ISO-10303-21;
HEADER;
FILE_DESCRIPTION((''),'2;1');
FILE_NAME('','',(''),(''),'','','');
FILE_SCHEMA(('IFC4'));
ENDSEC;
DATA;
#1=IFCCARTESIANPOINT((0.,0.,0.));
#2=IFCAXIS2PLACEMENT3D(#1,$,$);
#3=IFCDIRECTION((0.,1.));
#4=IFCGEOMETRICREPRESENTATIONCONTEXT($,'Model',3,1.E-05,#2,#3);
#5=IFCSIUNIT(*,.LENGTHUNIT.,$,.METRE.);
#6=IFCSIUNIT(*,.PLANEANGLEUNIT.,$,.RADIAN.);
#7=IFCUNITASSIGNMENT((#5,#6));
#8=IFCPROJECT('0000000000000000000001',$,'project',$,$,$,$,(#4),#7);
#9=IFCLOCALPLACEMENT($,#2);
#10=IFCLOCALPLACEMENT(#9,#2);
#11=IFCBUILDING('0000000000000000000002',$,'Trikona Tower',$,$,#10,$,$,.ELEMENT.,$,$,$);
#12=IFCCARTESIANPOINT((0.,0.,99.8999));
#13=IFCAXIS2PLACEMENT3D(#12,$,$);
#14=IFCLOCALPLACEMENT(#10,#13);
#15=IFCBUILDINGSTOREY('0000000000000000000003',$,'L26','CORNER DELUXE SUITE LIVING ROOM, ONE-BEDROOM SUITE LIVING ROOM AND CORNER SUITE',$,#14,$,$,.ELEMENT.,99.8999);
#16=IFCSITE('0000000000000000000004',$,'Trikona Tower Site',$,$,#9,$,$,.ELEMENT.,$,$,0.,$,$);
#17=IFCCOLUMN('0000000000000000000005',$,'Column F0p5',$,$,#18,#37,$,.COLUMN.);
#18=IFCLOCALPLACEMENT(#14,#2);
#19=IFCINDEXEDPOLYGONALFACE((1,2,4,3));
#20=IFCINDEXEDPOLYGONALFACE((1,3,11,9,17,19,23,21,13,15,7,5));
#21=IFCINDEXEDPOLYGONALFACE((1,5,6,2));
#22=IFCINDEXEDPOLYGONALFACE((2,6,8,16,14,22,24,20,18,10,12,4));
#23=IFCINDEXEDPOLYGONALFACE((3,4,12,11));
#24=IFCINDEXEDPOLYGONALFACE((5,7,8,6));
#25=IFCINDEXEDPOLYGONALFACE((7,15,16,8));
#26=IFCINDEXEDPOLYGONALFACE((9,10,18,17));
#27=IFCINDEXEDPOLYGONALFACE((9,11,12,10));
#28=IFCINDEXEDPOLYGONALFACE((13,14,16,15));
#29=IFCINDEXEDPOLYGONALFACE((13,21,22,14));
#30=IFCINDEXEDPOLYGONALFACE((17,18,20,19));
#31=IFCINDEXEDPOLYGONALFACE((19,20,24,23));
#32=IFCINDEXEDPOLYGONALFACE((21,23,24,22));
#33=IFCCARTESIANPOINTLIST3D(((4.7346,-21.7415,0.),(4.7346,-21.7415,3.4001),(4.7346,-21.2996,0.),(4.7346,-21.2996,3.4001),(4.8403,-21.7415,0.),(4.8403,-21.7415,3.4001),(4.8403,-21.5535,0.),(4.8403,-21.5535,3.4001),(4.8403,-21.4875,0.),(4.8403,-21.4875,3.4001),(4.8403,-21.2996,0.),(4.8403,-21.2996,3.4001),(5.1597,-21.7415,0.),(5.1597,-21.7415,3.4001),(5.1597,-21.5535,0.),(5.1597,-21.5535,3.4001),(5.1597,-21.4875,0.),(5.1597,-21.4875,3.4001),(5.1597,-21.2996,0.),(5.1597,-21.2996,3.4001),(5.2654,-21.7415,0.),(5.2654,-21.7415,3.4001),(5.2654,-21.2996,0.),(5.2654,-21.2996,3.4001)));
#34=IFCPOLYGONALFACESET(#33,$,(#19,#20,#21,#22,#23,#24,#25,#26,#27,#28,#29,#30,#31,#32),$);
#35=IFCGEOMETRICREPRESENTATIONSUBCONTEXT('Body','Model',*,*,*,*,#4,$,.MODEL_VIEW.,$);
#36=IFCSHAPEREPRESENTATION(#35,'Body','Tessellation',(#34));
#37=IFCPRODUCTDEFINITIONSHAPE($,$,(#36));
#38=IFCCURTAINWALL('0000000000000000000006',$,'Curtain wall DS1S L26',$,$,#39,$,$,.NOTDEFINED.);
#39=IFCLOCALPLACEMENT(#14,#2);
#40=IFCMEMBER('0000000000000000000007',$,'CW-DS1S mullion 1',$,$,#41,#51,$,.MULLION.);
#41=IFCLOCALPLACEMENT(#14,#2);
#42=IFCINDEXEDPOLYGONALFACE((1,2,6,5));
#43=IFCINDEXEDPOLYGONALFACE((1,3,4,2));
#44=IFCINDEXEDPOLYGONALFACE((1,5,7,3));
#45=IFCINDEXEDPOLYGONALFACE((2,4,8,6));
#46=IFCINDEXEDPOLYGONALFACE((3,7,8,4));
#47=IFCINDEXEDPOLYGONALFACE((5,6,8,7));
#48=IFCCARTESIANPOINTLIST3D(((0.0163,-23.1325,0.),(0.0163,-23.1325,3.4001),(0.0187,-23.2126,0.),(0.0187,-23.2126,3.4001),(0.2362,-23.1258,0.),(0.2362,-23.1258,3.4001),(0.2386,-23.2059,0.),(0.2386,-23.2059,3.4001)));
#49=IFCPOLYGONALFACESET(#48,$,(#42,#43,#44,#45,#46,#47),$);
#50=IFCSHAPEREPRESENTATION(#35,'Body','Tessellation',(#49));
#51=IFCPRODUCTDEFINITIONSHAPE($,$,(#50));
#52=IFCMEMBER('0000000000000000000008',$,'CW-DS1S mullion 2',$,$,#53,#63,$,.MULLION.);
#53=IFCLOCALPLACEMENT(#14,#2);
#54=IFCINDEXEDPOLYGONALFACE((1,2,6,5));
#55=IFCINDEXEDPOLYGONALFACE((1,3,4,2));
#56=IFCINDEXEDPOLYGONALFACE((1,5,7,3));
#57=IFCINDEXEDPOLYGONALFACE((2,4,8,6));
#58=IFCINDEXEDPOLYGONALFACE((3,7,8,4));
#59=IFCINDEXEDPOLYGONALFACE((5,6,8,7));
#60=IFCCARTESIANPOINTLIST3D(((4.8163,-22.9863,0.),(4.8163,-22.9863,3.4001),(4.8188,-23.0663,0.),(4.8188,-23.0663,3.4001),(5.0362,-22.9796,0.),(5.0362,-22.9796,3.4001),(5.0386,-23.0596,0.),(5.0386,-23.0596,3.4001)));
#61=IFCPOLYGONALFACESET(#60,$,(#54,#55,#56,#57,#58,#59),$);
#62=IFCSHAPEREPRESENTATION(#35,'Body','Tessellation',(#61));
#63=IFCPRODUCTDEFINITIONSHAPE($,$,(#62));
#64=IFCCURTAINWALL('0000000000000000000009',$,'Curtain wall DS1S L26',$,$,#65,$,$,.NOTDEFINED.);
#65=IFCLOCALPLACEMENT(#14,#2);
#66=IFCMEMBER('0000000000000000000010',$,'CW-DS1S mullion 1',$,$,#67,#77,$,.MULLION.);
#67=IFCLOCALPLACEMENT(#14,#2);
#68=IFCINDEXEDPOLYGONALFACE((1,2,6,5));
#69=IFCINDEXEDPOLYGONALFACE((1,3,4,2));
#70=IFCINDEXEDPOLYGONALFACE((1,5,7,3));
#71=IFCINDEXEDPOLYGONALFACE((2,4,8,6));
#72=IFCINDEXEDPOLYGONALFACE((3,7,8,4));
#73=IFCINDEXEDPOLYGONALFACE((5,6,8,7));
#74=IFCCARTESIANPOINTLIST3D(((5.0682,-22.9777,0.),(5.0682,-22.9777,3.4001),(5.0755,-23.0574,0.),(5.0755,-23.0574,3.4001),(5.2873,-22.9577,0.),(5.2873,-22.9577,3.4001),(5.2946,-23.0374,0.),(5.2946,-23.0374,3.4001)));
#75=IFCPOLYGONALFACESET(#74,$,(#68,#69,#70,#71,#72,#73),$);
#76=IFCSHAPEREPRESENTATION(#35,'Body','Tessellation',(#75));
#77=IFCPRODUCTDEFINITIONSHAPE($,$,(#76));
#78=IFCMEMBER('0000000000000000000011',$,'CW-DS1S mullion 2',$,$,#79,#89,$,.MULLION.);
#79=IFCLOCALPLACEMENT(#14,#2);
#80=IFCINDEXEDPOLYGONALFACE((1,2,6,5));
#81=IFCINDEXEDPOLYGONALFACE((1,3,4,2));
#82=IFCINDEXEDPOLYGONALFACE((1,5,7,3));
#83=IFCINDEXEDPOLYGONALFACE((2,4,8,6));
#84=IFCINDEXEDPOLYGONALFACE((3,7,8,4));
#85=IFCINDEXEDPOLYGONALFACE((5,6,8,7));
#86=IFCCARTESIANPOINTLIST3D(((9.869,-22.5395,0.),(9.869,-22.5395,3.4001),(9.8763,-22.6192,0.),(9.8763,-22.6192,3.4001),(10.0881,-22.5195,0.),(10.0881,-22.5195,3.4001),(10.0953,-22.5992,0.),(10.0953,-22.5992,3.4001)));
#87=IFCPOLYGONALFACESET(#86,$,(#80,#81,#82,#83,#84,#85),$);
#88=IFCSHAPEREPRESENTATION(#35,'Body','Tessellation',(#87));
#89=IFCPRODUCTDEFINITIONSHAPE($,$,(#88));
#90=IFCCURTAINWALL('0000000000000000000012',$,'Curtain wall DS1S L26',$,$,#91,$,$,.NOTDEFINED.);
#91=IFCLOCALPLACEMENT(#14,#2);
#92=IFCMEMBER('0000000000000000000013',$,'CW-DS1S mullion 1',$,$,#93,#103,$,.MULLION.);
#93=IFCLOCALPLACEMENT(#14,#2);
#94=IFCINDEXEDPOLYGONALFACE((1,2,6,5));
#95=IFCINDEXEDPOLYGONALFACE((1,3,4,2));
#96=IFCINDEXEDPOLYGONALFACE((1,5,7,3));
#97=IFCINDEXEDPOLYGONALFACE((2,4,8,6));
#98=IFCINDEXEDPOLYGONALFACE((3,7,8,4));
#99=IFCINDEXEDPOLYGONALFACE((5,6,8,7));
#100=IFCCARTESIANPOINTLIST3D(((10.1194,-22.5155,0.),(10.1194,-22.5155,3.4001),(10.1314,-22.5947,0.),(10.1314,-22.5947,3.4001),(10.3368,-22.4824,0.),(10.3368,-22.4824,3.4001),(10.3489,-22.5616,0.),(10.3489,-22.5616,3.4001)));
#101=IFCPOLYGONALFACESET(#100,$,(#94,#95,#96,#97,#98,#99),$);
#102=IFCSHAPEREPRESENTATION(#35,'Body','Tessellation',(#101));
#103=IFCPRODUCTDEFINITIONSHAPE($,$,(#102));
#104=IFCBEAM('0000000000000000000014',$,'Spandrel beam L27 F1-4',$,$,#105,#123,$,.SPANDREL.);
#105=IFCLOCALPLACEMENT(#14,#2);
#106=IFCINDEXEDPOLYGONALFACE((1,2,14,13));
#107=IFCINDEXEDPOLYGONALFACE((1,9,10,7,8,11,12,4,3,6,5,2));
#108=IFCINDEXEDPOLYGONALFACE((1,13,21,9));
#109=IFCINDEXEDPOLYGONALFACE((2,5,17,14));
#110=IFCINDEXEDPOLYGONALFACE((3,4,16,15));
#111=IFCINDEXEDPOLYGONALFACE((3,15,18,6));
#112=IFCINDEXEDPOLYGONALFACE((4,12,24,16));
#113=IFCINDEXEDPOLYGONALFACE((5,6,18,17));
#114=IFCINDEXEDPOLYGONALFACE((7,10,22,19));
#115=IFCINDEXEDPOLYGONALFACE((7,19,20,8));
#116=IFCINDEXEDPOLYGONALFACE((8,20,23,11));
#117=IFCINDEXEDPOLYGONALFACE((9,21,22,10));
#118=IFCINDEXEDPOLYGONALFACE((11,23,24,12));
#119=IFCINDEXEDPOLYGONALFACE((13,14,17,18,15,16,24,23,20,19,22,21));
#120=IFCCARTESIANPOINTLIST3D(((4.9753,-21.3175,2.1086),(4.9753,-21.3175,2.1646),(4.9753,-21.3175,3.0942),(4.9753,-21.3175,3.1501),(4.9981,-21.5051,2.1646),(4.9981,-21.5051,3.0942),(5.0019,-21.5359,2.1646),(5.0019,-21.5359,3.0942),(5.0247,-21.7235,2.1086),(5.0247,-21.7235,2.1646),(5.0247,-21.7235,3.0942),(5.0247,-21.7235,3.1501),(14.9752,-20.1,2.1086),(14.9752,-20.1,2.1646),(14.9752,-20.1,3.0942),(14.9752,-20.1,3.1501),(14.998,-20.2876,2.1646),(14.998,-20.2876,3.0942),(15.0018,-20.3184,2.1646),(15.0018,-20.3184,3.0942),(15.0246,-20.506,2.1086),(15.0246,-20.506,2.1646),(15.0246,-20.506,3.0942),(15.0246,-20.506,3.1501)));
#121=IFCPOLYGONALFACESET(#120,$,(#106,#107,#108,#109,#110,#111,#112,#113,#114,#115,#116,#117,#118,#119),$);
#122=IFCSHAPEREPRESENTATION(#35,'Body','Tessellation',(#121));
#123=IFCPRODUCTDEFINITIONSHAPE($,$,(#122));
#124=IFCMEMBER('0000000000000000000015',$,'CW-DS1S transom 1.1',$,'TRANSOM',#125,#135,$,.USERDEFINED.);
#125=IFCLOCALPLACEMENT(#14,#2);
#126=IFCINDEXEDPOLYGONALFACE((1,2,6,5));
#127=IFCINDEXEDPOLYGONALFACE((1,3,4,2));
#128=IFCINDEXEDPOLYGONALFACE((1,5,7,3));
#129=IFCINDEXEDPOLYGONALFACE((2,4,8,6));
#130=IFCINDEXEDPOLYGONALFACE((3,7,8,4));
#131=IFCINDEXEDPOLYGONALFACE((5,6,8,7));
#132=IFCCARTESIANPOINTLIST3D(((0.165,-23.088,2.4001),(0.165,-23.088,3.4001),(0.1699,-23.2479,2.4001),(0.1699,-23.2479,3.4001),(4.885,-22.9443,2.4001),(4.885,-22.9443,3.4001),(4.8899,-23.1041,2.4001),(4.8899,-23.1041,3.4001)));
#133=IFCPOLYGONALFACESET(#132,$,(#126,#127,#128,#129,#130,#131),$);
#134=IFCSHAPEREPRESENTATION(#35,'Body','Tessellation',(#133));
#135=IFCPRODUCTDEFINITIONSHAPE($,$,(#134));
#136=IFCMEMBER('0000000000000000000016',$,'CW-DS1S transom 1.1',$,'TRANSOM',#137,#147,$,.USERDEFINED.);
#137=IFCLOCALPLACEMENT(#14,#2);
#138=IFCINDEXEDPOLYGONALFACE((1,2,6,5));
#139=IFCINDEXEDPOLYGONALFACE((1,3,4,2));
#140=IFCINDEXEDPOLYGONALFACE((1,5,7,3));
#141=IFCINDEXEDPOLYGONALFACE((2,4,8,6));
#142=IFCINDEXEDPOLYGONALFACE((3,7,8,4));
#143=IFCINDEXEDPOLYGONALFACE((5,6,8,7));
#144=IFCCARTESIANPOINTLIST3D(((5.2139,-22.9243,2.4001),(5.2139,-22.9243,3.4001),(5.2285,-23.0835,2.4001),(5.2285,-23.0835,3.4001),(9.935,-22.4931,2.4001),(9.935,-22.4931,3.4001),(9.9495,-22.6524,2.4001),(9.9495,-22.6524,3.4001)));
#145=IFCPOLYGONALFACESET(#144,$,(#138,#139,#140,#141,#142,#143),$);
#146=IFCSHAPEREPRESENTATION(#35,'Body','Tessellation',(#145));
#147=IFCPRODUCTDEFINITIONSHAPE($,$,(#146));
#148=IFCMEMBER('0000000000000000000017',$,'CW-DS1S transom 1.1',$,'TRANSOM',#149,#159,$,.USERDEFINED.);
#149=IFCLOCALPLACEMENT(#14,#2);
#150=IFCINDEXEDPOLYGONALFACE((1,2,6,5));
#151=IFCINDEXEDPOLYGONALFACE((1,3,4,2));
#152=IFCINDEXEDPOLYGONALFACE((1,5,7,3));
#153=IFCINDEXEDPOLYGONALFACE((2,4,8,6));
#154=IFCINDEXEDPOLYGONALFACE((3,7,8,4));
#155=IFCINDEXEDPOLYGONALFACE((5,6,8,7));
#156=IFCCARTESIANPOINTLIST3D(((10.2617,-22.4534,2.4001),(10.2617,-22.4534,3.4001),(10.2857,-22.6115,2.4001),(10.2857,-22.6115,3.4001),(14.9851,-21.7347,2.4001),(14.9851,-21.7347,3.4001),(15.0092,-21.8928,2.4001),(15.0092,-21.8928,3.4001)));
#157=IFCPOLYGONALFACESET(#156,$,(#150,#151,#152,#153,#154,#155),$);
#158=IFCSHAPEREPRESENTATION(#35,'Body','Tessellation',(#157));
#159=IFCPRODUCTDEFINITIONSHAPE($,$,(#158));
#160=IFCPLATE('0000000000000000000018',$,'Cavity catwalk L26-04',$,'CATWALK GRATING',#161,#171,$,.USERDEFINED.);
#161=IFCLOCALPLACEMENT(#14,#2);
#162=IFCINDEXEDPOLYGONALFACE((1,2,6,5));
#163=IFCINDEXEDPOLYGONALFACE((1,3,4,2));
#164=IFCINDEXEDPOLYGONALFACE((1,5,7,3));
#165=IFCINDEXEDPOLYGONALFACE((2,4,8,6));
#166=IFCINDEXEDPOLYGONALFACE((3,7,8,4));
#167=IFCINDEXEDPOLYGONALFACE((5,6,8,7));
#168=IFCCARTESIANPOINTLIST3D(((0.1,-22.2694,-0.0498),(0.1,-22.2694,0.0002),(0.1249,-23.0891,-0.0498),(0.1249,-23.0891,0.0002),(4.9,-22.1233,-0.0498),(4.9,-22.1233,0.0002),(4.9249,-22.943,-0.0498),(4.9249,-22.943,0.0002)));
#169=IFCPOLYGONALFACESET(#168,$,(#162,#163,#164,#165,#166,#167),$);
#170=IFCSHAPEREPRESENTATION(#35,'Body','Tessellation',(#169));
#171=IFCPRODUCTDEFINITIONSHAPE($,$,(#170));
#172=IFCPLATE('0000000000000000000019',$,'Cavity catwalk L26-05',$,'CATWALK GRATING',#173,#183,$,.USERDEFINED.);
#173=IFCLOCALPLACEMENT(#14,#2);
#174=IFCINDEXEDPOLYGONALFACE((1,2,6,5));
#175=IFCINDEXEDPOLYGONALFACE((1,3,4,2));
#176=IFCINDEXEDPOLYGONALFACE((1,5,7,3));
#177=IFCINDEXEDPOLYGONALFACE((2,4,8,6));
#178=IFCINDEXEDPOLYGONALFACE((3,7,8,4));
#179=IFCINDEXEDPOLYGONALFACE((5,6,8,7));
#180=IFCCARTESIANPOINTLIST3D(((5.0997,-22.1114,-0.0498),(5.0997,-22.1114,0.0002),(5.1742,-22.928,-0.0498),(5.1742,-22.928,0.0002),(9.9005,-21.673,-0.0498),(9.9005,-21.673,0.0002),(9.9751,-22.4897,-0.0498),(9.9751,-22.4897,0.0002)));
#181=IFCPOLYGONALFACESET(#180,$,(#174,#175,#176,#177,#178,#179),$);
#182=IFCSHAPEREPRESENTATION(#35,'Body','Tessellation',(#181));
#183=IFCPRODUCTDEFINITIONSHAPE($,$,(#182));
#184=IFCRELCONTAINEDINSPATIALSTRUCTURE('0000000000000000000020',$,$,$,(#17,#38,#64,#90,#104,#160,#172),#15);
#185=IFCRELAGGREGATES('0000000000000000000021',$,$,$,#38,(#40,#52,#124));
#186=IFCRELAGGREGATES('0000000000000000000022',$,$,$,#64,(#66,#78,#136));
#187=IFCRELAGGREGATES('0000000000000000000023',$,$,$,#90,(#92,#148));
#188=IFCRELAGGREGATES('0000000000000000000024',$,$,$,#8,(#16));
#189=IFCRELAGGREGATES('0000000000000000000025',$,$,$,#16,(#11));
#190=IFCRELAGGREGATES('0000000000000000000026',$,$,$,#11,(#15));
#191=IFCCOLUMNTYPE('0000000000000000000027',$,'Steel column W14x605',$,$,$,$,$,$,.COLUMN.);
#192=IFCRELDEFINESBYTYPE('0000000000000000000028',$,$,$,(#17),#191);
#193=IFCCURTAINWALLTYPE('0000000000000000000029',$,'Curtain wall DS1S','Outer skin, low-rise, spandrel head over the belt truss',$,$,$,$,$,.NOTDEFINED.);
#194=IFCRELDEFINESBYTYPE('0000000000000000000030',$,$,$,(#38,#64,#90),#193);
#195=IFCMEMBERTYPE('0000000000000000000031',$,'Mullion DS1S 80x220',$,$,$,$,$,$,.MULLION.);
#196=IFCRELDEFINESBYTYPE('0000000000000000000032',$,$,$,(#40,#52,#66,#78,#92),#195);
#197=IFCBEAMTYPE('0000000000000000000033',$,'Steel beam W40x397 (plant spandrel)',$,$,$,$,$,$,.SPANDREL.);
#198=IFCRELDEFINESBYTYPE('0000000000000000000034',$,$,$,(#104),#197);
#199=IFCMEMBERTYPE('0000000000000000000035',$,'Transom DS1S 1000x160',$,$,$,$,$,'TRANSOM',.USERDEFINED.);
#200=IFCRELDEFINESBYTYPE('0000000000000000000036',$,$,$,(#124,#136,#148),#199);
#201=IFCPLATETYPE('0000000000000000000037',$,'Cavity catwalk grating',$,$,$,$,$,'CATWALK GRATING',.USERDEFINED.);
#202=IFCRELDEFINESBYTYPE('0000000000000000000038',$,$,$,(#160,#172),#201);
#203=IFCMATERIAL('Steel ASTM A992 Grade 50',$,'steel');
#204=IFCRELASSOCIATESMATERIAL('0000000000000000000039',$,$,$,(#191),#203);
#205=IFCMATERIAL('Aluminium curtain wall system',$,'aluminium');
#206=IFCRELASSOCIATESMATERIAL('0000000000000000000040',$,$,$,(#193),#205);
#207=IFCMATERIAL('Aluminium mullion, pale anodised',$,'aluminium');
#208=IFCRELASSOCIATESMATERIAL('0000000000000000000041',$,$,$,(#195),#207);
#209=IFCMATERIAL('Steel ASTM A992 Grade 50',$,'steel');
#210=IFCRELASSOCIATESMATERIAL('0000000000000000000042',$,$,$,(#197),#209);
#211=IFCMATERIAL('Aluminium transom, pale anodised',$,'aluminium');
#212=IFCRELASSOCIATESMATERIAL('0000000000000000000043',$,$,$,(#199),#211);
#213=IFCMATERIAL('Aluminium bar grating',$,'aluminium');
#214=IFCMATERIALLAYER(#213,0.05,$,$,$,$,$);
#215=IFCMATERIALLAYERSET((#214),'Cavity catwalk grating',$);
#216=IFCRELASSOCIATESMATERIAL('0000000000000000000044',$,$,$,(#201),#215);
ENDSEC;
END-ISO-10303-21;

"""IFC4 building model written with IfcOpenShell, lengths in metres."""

from ifc_helpers import new_model, si_unit, direction, frame, origin, origin_2d, place, context, subcontext, project, spatial, rectangle, i_section, extrude, material, layer, layer_set, material_profile, profile_set, type_object, element, aggregate, save


model = new_model("IFC4")

# Units and contexts
model_context = context("Model", 3, precision=1e-05, world=origin(), true_north=direction((0.0, 1.0)))
body_context = subcontext(model_context, "Body", "Model", "MODEL_VIEW")
ifc_project = project(units=[si_unit("LENGTHUNIT", "METRE"), si_unit("PLANEANGLEUNIT", "RADIAN")], contexts=[model_context])

# Site, building, storey
site_placement = place(None, origin())
site = spatial("IfcSite", under=ifc_project, at=site_placement, Name="Trikona Tower Site", CompositionType="ELEMENT", RefElevation=0.0)
building_placement = place(site_placement, origin())
building = spatial("IfcBuilding", under=site, at=building_placement, Name="Trikona Tower", CompositionType="ELEMENT")
storey_placement = place(building_placement, frame((0.0, 0.0, 99.8999)))
storey = spatial("IfcBuildingStorey", under=building, at=storey_placement, Name="L26", Description="CORNER DELUXE SUITE LIVING ROOM, ONE-BEDROOM SUITE LIVING ROOM AND CORNER SUITE", CompositionType="ELEMENT", Elevation=99.8999)

# Column
ifc_material_1 = material(Name="Steel ASTM A992 Grade 50", Category="steel")
ifc_material_profile_1 = material_profile(ifc_material_1, i_section(OverallWidth=0.4419, OverallDepth=0.5308, WebThickness=0.0659, FlangeThickness=0.1057, at=origin_2d()), Name="W14X605")
ifc_profile_set_1 = profile_set([ifc_material_profile_1], Name="Steel ASTM A992 Grade 50")
column_type = type_object("IfcColumnType", Name="Steel column W14x605", PredefinedType="COLUMN", material=ifc_profile_set_1)
column_placement = place(storey_placement, frame((5.0, -21.5205, 0.0), z_axis=(0.0, 0.0, 1.0), x_axis=(0.0, -1.0, 0.0)))
element("IfcColumn", 1, at=column_placement, inside=storey, type_object=column_type, Name="Column F0p5", PredefinedType="COLUMN", context=body_context, shape_type="SweptSolid", body=[
    extrude(i_section(OverallWidth=0.4419, OverallDepth=0.5308, WebThickness=0.0659, FlangeThickness=0.1057, at=origin_2d()), origin(), (0.0, 0.0, 1.0), 3.4001),
])

# Curtain walls, members
ifc_material_2 = material(Name="Aluminium curtain wall system", Category="aluminium")
curtain_wall_type = type_object("IfcCurtainWallType", Name="Curtain wall DS1S", Description="Outer skin, low-rise, spandrel head over the belt truss", PredefinedType="NOTDEFINED", material=ifc_material_2)
curtain_wall_1_placement = place(storey_placement, origin())
curtain_wall_1 = element("IfcCurtainWall", 2, at=curtain_wall_1_placement, inside=storey, type_object=curtain_wall_type, Name="Curtain wall DS1S L26", PredefinedType="NOTDEFINED")
ifc_material_3 = material(Name="Aluminium mullion, pale anodised", Category="aluminium")
ifc_material_profile_2 = material_profile(ifc_material_3, rectangle(XDim=0.0801, YDim=0.22, at=origin_2d()), Name="MUL-DS1S")
ifc_profile_set_2 = profile_set([ifc_material_profile_2], Name="Aluminium mullion, pale anodised")
member_type_1 = type_object("IfcMemberType", Name="Mullion DS1S 80x220", PredefinedType="MULLION", material=ifc_profile_set_2)
member_1_placement = place(storey_placement, frame((0.1274, -23.1692, 0.0), z_axis=(0.0, 0.0, 1.0), x_axis=(-0.030437, 0.999537, 0.0)))
member_1 = element("IfcMember", 3, at=member_1_placement, type_object=member_type_1, Name="CW-DS1S mullion 1", PredefinedType="MULLION", context=body_context, shape_type="SweptSolid", body=[
    extrude(rectangle(XDim=0.0801, YDim=0.22, at=origin_2d()), origin(), (0.0, 0.0, 1.0), 3.4001),
])
member_2_placement = place(storey_placement, frame((4.9275, -23.0229, 0.0), z_axis=(0.0, 0.0, 1.0), x_axis=(-0.030437, 0.999537, 0.0)))
member_2 = element("IfcMember", 4, at=member_2_placement, type_object=member_type_1, Name="CW-DS1S mullion 2", PredefinedType="MULLION", context=body_context, shape_type="SweptSolid", body=[
    extrude(rectangle(XDim=0.0801, YDim=0.22, at=origin_2d()), origin(), (0.0, 0.0, 1.0), 3.4001),
])
curtain_wall_2_placement = place(storey_placement, origin())
curtain_wall_2 = element("IfcCurtainWall", 5, at=curtain_wall_2_placement, inside=storey, type_object=curtain_wall_type, Name="Curtain wall DS1S L26", PredefinedType="NOTDEFINED")
member_3_placement = place(storey_placement, frame((5.1814, -23.0076, 0.0), z_axis=(0.0, 0.0, 1.0), x_axis=(-0.090924, 0.995858, 0.0)))
member_3 = element("IfcMember", 6, at=member_3_placement, type_object=member_type_1, Name="CW-DS1S mullion 1", PredefinedType="MULLION", context=body_context, shape_type="SweptSolid", body=[
    extrude(rectangle(XDim=0.0801, YDim=0.22, at=origin_2d()), origin(), (0.0, 0.0, 1.0), 3.4001),
])
member_4_placement = place(storey_placement, frame((9.9822, -22.5693, 0.0), z_axis=(0.0, 0.0, 1.0), x_axis=(-0.090924, 0.995858, 0.0)))
member_4 = element("IfcMember", 7, at=member_4_placement, type_object=member_type_1, Name="CW-DS1S mullion 2", PredefinedType="MULLION", context=body_context, shape_type="SweptSolid", body=[
    extrude(rectangle(XDim=0.0801, YDim=0.22, at=origin_2d()), origin(), (0.0, 0.0, 1.0), 3.4001),
])

# Curtain wall, member
curtain_wall_3_placement = place(storey_placement, origin())
curtain_wall_3 = element("IfcCurtainWall", 8, at=curtain_wall_3_placement, inside=storey, type_object=curtain_wall_type, Name="Curtain wall DS1S L26", PredefinedType="NOTDEFINED")
member_5_placement = place(storey_placement, frame((10.2341, -22.5386, 0.0), z_axis=(0.0, 0.0, 1.0), x_axis=(-0.150438, 0.988619, 0.0)))
member_5 = element("IfcMember", 9, at=member_5_placement, type_object=member_type_1, Name="CW-DS1S mullion 1", PredefinedType="MULLION", context=body_context, shape_type="SweptSolid", body=[
    extrude(rectangle(XDim=0.0801, YDim=0.22, at=origin_2d()), origin(), (0.0, 0.0, 1.0), 3.4001),
])

# Beam
ifc_material_4 = material(Name="Steel ASTM A992 Grade 50", Category="steel")
ifc_material_profile_3 = material_profile(ifc_material_4, i_section(OverallWidth=0.4089, OverallDepth=1.0415, WebThickness=0.031, FlangeThickness=0.0559, at=origin_2d()), Name="W40X397")
ifc_profile_set_3 = profile_set([ifc_material_profile_3], Name="Steel ASTM A992 Grade 50")
beam_type = type_object("IfcBeamType", Name="Steel beam W40x397 (plant spandrel)", PredefinedType="SPANDREL", material=ifc_profile_set_3)
beam_placement = place(storey_placement, frame((5.0, -21.5205, 2.6294), z_axis=(0.99267, 0.12086, 0.0), x_axis=(-0.12086, 0.99267, 0.0)))
element("IfcBeam", 10, at=beam_placement, inside=storey, type_object=beam_type, Name="Spandrel beam L27 F1-4", PredefinedType="SPANDREL", context=body_context, shape_type="SweptSolid", body=[
    extrude(i_section(OverallWidth=0.4089, OverallDepth=1.0415, WebThickness=0.031, FlangeThickness=0.0559, at=origin_2d()), origin(), (0.0, 0.0, 1.0), 10.0737),
])

# Members
ifc_material_5 = material(Name="Aluminium transom, pale anodised", Category="aluminium")
ifc_material_profile_4 = material_profile(ifc_material_5, rectangle(XDim=0.1599, YDim=1.0, at=origin_2d()), Name="TRN-DS1S")
ifc_profile_set_4 = profile_set([ifc_material_profile_4], Name="Aluminium transom, pale anodised")
member_type_2 = type_object("IfcMemberType", Name="Transom DS1S 1000x160", ElementType="TRANSOM", PredefinedType="USERDEFINED", material=ifc_profile_set_4)
member_6_placement = place(storey_placement, frame((0.1675, -23.168, 2.9001), z_axis=(0.999536, 0.030452, 0.0), x_axis=(-0.030452, 0.999536, 0.0)))
member_6 = element("IfcMember", 11, at=member_6_placement, type_object=member_type_2, Name="CW-DS1S transom 1.1", ObjectType="TRANSOM", PredefinedType="USERDEFINED", context=body_context, shape_type="SweptSolid", body=[
    extrude(rectangle(XDim=0.1599, YDim=1.0, at=origin_2d()), origin(), (0.0, 0.0, 1.0), 4.7222),
])
member_7_placement = place(storey_placement, frame((5.2212, -23.0039, 2.9001), z_axis=(0.995856, 0.090944, 0.0), x_axis=(-0.090944, 0.995856, 0.0)))
member_7 = element("IfcMember", 12, at=member_7_placement, type_object=member_type_2, Name="CW-DS1S transom 1.1", ObjectType="TRANSOM", PredefinedType="USERDEFINED", context=body_context, shape_type="SweptSolid", body=[
    extrude(rectangle(XDim=0.1599, YDim=1.0, at=origin_2d()), origin(), (0.0, 0.0, 1.0), 4.7407),
])
member_8_placement = place(storey_placement, frame((10.2737, -22.5325, 2.9001), z_axis=(0.98862, 0.150437, 0.0), x_axis=(-0.150437, 0.98862, 0.0)))
member_8 = element("IfcMember", 13, at=member_8_placement, type_object=member_type_2, Name="CW-DS1S transom 1.1", ObjectType="TRANSOM", PredefinedType="USERDEFINED", context=body_context, shape_type="SweptSolid", body=[
    extrude(rectangle(XDim=0.1599, YDim=1.0, at=origin_2d()), origin(), (0.0, 0.0, 1.0), 4.7778),
])

# Plates
ifc_material_6 = material(Name="Aluminium bar grating", Category="aluminium")
ifc_layer_1 = layer(ifc_material_6, 0.05)
ifc_layer_set_1 = layer_set([ifc_layer_1], Name="Cavity catwalk grating")
plate_type_1 = type_object("IfcPlateType", Name="Cavity catwalk grating", ElementType="CATWALK GRATING", PredefinedType="USERDEFINED", material=ifc_layer_set_1)
plate_1_placement = place(storey_placement, frame((2.5125, -22.6062, -0.0498), z_axis=(0.0, 0.0, 1.0), x_axis=(0.999537, 0.030425, 0.0)))
element("IfcPlate", 14, at=plate_1_placement, inside=storey, type_object=plate_type_1, Name="Cavity catwalk L26-04", ObjectType="CATWALK GRATING", PredefinedType="USERDEFINED", context=body_context, shape_type="SweptSolid", body=[
    extrude(rectangle(XDim=4.8022, YDim=0.8201, at=origin_2d()), origin(), (0.0, 0.0, 1.0), 0.05),
])
plate_2_placement = place(storey_placement, frame((7.5374, -22.3005, -0.0498), z_axis=(0.0, 0.0, 1.0), x_axis=(0.995858, 0.090921, 0.0)))
element("IfcPlate", 15, at=plate_2_placement, inside=storey, type_object=plate_type_1, Name="Cavity catwalk L26-05", ObjectType="CATWALK GRATING", PredefinedType="USERDEFINED", context=body_context, shape_type="SweptSolid", body=[
    extrude(rectangle(XDim=4.8208, YDim=0.8201, at=origin_2d()), origin(), (0.0, 0.0, 1.0), 0.05),
])

aggregate(curtain_wall_1, [member_1, member_2, member_6])
aggregate(curtain_wall_2, [member_3, member_4, member_7])
aggregate(curtain_wall_3, [member_5, member_8])

save(model, "model.ifc")
